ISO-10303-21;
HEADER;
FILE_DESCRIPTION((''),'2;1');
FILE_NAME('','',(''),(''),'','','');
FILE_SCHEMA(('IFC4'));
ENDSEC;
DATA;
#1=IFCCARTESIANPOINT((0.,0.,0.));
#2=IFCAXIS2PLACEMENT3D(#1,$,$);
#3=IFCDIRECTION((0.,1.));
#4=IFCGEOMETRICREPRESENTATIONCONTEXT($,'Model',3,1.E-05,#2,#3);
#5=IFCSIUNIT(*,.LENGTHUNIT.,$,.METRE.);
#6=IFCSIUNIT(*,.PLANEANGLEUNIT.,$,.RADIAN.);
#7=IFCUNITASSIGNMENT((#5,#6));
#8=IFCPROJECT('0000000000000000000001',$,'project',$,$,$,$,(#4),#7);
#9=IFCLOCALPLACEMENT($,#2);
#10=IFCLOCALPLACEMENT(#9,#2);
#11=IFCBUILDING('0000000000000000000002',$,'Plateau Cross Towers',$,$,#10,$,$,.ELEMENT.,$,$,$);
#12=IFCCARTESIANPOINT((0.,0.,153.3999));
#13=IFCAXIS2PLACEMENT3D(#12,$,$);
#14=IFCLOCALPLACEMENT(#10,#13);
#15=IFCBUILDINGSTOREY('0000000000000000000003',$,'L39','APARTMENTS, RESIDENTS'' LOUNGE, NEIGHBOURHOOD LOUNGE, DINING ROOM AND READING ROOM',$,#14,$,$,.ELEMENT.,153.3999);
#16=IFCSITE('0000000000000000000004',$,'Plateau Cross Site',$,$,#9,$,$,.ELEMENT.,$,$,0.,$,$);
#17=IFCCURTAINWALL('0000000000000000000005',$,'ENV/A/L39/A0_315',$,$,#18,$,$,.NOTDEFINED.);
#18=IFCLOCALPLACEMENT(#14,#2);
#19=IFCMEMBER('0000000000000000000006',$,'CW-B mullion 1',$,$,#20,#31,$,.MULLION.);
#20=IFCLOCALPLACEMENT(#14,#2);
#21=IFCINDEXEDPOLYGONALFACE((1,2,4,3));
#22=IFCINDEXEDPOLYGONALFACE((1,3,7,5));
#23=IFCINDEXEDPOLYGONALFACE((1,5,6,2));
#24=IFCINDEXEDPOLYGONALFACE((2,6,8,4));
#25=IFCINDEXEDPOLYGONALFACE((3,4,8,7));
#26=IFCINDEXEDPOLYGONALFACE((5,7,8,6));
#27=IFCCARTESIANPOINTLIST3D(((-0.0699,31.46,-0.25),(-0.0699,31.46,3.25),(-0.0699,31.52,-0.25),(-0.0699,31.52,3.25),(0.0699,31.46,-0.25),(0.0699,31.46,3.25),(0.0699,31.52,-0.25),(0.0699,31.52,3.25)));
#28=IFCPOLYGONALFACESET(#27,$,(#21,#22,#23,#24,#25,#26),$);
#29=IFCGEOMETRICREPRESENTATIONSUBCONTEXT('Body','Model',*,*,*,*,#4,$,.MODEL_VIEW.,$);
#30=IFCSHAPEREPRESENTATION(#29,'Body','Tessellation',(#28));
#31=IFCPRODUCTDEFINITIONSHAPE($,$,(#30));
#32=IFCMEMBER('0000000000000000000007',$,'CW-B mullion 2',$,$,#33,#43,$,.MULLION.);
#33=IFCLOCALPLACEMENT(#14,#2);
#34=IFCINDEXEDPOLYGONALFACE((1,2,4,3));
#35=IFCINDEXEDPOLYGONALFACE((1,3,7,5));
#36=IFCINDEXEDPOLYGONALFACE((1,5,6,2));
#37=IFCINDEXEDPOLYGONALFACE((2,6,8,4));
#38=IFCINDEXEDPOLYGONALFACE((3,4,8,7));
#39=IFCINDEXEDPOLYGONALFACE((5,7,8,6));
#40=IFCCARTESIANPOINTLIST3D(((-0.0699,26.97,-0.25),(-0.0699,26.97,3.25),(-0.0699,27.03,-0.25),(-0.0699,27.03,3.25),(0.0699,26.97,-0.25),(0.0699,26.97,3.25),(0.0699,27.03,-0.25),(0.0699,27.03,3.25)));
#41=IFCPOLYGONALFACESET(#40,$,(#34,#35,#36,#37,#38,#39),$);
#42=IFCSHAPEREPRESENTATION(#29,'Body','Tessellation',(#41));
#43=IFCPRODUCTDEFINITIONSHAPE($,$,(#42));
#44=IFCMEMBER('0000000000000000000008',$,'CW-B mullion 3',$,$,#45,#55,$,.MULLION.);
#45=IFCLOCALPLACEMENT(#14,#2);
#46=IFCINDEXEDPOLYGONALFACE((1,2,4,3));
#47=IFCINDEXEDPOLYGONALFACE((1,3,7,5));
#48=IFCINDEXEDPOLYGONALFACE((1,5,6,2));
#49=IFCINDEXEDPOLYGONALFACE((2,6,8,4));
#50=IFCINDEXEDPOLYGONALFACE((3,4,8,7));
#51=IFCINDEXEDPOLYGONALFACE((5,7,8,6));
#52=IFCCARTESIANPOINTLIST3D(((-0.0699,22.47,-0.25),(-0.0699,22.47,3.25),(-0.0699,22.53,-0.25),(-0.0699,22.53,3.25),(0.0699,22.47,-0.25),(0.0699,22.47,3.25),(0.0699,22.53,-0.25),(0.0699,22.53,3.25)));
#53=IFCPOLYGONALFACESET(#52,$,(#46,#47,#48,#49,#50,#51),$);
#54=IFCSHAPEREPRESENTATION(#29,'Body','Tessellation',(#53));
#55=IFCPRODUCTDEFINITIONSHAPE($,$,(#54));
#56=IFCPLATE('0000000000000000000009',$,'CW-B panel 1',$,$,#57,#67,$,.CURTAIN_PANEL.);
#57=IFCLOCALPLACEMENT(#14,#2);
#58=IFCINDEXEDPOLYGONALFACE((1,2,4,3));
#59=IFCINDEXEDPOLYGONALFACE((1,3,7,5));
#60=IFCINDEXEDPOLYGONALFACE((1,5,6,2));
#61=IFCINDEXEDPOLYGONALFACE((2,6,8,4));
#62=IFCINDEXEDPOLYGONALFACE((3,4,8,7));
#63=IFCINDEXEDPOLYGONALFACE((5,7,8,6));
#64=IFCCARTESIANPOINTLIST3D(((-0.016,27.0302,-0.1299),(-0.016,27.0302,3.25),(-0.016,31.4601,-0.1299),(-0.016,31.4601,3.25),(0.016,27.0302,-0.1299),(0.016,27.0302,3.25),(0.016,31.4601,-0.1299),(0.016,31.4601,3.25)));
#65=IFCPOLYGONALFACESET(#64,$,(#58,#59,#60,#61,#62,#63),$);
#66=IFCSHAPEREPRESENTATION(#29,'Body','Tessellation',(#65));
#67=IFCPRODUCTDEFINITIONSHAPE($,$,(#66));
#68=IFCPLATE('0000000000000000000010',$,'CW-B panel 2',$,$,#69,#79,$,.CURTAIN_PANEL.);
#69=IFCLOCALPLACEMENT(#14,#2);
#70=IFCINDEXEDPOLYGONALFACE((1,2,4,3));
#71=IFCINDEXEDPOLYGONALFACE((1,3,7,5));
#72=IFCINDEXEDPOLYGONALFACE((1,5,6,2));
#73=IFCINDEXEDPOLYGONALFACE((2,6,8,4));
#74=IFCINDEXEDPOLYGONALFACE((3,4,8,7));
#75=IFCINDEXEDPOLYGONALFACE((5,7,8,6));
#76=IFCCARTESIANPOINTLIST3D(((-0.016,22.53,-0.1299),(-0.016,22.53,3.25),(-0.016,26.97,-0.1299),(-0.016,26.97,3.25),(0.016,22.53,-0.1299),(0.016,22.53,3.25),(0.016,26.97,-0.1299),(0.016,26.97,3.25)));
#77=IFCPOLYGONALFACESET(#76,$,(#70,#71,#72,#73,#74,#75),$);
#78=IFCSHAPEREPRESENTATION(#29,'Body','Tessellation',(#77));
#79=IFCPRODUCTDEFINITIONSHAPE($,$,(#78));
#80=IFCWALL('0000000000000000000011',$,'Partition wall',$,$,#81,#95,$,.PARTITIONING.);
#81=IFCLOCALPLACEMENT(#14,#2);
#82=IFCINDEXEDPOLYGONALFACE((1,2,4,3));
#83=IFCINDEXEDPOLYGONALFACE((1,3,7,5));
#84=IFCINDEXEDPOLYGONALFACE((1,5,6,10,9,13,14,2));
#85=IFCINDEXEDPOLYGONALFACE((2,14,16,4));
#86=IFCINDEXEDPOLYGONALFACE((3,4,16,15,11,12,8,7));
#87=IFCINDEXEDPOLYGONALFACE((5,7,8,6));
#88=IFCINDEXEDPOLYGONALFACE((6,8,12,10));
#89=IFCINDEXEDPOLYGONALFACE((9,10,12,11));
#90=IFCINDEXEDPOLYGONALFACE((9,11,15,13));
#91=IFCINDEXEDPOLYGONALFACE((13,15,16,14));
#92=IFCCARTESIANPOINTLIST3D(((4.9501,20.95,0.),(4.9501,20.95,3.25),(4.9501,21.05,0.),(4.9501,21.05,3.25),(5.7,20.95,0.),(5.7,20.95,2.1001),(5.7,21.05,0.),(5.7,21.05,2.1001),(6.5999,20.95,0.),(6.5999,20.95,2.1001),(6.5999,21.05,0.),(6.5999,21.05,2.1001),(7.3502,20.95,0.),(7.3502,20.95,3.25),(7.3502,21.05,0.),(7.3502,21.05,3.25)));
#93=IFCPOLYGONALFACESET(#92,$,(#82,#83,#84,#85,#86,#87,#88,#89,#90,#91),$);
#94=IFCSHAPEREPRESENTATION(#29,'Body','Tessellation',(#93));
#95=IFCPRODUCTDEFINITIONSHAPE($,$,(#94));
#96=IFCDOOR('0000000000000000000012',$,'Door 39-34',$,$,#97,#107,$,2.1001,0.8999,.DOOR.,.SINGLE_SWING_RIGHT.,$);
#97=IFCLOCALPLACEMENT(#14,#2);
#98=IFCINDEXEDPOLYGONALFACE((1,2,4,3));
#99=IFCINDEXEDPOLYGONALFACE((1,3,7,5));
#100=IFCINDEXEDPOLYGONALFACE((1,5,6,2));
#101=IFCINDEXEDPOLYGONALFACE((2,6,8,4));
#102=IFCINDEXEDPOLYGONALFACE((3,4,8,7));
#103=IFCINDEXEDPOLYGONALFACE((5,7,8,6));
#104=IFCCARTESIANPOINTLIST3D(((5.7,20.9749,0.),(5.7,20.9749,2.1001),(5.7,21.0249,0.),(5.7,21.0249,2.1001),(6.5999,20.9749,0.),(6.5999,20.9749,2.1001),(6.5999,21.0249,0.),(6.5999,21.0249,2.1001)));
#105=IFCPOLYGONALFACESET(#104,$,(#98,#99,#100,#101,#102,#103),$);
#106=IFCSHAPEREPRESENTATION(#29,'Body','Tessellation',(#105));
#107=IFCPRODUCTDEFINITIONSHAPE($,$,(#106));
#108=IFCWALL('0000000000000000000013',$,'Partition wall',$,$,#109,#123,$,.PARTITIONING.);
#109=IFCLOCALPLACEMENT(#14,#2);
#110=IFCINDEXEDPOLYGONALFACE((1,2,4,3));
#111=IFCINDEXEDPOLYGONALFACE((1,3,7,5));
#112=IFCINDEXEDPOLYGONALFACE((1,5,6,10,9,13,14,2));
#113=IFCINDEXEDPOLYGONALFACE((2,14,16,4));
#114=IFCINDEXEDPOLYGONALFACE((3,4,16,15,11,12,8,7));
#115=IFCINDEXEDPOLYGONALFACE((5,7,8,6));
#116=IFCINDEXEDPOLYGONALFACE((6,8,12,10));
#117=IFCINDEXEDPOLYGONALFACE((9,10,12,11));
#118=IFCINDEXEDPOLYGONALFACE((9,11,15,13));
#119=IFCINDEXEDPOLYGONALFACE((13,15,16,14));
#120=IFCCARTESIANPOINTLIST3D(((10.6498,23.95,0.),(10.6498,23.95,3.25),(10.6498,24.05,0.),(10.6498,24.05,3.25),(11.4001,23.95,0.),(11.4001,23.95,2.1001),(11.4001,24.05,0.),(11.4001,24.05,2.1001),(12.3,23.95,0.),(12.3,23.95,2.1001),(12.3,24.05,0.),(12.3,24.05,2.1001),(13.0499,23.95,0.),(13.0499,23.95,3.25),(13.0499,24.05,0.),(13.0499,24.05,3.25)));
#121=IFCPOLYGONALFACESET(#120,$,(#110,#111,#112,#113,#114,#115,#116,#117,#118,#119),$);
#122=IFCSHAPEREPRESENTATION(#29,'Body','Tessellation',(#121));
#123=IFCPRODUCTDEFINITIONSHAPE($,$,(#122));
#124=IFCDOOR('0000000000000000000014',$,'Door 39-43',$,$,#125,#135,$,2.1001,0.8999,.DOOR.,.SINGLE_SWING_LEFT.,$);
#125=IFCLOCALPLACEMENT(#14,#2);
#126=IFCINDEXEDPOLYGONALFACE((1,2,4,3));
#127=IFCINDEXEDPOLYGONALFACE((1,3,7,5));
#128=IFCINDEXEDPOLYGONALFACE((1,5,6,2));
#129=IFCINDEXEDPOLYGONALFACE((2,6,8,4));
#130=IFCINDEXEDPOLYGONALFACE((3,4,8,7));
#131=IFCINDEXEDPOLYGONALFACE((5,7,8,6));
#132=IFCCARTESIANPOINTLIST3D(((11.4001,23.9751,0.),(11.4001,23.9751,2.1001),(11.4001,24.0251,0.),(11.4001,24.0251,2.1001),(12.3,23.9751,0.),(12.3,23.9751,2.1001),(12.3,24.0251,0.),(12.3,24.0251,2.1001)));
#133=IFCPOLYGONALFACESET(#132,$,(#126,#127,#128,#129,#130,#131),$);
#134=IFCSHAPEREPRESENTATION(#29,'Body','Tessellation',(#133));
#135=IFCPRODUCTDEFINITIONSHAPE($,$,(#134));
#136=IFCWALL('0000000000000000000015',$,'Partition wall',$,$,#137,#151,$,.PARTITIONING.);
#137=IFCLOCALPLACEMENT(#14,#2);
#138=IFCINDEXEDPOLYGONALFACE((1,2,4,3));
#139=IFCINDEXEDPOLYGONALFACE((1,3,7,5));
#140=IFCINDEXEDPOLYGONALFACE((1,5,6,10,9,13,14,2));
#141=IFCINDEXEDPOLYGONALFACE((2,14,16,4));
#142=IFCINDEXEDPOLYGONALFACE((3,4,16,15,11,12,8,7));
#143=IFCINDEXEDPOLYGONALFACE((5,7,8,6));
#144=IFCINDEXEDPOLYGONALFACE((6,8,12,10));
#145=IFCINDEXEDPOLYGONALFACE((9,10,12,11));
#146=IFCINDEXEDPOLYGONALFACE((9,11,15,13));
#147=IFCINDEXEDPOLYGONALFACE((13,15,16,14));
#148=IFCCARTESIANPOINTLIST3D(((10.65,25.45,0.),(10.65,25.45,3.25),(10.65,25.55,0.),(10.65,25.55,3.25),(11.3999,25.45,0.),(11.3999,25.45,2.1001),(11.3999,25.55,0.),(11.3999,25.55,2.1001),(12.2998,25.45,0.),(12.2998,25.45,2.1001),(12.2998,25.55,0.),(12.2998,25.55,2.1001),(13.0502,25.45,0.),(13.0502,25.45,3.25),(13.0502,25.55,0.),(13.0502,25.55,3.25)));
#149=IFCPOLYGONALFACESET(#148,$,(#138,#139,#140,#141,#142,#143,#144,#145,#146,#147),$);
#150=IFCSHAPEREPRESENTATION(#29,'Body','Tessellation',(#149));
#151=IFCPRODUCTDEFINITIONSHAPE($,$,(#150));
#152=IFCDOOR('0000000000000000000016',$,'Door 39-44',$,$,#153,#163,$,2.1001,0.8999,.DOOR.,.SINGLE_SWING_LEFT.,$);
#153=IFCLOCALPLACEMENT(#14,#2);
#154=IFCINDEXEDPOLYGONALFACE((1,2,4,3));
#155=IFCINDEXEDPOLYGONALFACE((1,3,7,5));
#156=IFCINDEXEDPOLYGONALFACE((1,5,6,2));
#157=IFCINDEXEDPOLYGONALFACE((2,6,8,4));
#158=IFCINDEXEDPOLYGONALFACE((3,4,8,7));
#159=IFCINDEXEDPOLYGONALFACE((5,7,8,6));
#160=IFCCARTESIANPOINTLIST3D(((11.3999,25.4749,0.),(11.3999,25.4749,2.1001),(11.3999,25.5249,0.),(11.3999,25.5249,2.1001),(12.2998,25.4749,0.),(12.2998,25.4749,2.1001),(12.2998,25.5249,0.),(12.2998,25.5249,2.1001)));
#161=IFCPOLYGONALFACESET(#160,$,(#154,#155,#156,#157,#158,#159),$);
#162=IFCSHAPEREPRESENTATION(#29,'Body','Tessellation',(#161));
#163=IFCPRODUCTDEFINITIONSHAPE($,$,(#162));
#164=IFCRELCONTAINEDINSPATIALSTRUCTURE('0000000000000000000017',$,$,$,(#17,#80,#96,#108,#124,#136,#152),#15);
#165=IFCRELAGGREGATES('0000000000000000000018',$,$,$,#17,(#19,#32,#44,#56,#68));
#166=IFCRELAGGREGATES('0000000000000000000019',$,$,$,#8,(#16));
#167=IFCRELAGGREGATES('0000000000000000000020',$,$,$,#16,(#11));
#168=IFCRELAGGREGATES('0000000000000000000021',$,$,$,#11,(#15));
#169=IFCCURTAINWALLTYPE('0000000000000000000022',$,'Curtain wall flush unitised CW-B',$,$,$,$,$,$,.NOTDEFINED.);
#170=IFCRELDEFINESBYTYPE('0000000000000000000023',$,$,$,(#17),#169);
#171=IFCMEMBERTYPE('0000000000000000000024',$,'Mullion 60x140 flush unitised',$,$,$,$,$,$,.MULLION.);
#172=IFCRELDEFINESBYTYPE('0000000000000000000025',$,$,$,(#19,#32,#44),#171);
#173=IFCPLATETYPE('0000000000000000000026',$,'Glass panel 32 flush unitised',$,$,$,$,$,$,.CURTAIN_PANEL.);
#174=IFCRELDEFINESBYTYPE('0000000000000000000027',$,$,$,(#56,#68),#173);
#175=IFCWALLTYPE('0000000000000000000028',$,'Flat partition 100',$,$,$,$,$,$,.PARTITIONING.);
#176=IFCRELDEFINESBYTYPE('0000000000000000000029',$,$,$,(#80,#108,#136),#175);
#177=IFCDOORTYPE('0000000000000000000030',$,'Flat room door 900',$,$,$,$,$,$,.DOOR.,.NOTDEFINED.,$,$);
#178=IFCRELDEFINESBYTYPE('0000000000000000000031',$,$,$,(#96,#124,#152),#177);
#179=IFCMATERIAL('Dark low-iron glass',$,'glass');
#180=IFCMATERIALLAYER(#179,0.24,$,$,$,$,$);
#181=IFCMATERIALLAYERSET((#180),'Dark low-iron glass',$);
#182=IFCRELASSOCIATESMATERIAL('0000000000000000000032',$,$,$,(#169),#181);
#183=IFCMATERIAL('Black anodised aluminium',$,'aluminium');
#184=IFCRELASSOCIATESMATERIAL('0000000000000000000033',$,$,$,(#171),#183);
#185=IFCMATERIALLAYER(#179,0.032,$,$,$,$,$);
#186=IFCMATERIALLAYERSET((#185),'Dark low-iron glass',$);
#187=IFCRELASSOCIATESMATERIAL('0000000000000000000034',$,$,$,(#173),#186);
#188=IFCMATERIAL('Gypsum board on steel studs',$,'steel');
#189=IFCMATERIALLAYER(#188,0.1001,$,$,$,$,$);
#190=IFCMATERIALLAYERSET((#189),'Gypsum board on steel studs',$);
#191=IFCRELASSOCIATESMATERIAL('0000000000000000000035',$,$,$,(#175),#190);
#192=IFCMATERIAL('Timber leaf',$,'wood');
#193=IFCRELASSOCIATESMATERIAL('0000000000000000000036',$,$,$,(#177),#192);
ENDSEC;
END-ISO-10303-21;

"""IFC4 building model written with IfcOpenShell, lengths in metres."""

from ifc_helpers import new_model, si_unit, direction, frame, frame_2d, origin, origin_2d, place, context, subcontext, project, spatial, rectangle, extrude, material, layer, layer_set, material_profile, profile_set, type_object, element, fill, aggregate, save


model = new_model("IFC4")

# Units and contexts
model_context = context("Model", 3, precision=1e-05, world=origin(), true_north=direction((0.0, 1.0)))
body_context = subcontext(model_context, "Body", "Model", "MODEL_VIEW")
ifc_project = project(units=[si_unit("LENGTHUNIT", "METRE"), si_unit("PLANEANGLEUNIT", "RADIAN")], contexts=[model_context])

# Site, building, storey
site_placement = place(None, origin())
site = spatial("IfcSite", under=ifc_project, at=site_placement, Name="Plateau Cross Site", CompositionType="ELEMENT", RefElevation=0.0)
building_placement = place(site_placement, origin())
building = spatial("IfcBuilding", under=site, at=building_placement, Name="Plateau Cross Towers", CompositionType="ELEMENT")
storey_placement = place(building_placement, frame((0.0, 0.0, 153.3999)))
storey = spatial("IfcBuildingStorey", under=building, at=storey_placement, Name="L39", Description="APARTMENTS, RESIDENTS' LOUNGE, NEIGHBOURHOOD LOUNGE, DINING ROOM AND READING ROOM", CompositionType="ELEMENT", Elevation=153.3999)

# Curtain wall, members, plates
ifc_material_1 = material(Name="Dark low-iron glass", Category="glass")
ifc_layer_1 = layer(ifc_material_1, 0.24)
ifc_layer_set_1 = layer_set([ifc_layer_1], Name="Dark low-iron glass")
curtain_wall_type = type_object("IfcCurtainWallType", Name="Curtain wall flush unitised CW-B", PredefinedType="NOTDEFINED", material=ifc_layer_set_1)
curtain_wall_placement = place(storey_placement, origin())
curtain_wall = element("IfcCurtainWall", 1, at=curtain_wall_placement, inside=storey, type_object=curtain_wall_type, Name="ENV/A/L39/A0_315", PredefinedType="NOTDEFINED")
ifc_material_2 = material(Name="Black anodised aluminium", Category="aluminium")
ifc_material_profile = material_profile(ifc_material_2, rectangle(XDim=0.0601, YDim=0.1399, at=origin_2d()), Name="MULLION 60x140")
ifc_profile_set = profile_set([ifc_material_profile], Name="Black anodised aluminium")
member_type = type_object("IfcMemberType", Name="Mullion 60x140 flush unitised", PredefinedType="MULLION", material=ifc_profile_set)
member_1_placement = place(storey_placement, frame((0.0, 31.49, -0.25), z_axis=(0.0, 0.0, 1.0), x_axis=(0.0, -1.0, 0.0)))
member_1 = element("IfcMember", 2, at=member_1_placement, type_object=member_type, Name="CW-B mullion 1", PredefinedType="MULLION", context=body_context, shape_type="SweptSolid", body=[
    extrude(rectangle(XDim=0.0601, YDim=0.1399, at=origin_2d()), origin(), (0.0, 0.0, 1.0), 3.5),
])
member_2_placement = place(storey_placement, frame((0.0, 27.0, -0.25), z_axis=(0.0, 0.0, 1.0), x_axis=(0.0, -1.0, 0.0)))
member_2 = element("IfcMember", 3, at=member_2_placement, type_object=member_type, Name="CW-B mullion 2", PredefinedType="MULLION", context=body_context, shape_type="SweptSolid", body=[
    extrude(rectangle(XDim=0.0601, YDim=0.1399, at=origin_2d()), origin(), (0.0, 0.0, 1.0), 3.5),
])
member_3_placement = place(storey_placement, frame((0.0, 22.5, -0.25), z_axis=(0.0, 0.0, 1.0), x_axis=(0.0, -1.0, 0.0)))
member_3 = element("IfcMember", 4, at=member_3_placement, type_object=member_type, Name="CW-B mullion 3", PredefinedType="MULLION", context=body_context, shape_type="SweptSolid", body=[
    extrude(rectangle(XDim=0.0601, YDim=0.1399, at=origin_2d()), origin(), (0.0, 0.0, 1.0), 3.5),
])
ifc_layer_2 = layer(ifc_material_1, 0.032)
ifc_layer_set_2 = layer_set([ifc_layer_2], Name="Dark low-iron glass")
plate_type = type_object("IfcPlateType", Name="Glass panel 32 flush unitised", PredefinedType="CURTAIN_PANEL", material=ifc_layer_set_2)
plate_1_placement = place(storey_placement, frame((0.0, 29.2451, -0.1299), z_axis=(0.0, 0.0, 1.0), x_axis=(0.0, -1.0, 0.0)))
plate_1 = element("IfcPlate", 5, at=plate_1_placement, type_object=plate_type, Name="CW-B panel 1", PredefinedType="CURTAIN_PANEL", context=body_context, shape_type="SweptSolid", body=[
    extrude(rectangle(XDim=4.4299, YDim=0.032, at=origin_2d()), origin(), (0.0, 0.0, 1.0), 3.3799),
])
plate_2_placement = place(storey_placement, frame((0.0, 24.75, -0.1299), z_axis=(0.0, 0.0, 1.0), x_axis=(0.0, -1.0, 0.0)))
plate_2 = element("IfcPlate", 6, at=plate_2_placement, type_object=plate_type, Name="CW-B panel 2", PredefinedType="CURTAIN_PANEL", context=body_context, shape_type="SweptSolid", body=[
    extrude(rectangle(XDim=4.4399, YDim=0.032, at=origin_2d()), origin(), (0.0, 0.0, 1.0), 3.3799),
])
aggregate(curtain_wall, [member_1, member_2, member_3, plate_1, plate_2])

# Walls, openings, doors
ifc_material_3 = material(Name="Gypsum board on steel studs", Category="steel")
ifc_layer_3 = layer(ifc_material_3, 0.1001)
ifc_layer_set_3 = layer_set([ifc_layer_3], Name="Gypsum board on steel studs")
wall_type_1 = type_object("IfcWallType", Name="Flat partition 100", PredefinedType="PARTITIONING", material=ifc_layer_set_3)
wall_1_placement = place(storey_placement, frame((4.95, 21.0, 0.0), z_axis=(0.0, 0.0, 1.0), x_axis=(1.0, 0.0, 0.0)))
wall_1 = element("IfcWall", 7, at=wall_1_placement, inside=storey, type_object=wall_type_1, Name="Partition wall", PredefinedType="PARTITIONING", context=body_context, shape_type="SweptSolid", body=[
    extrude(rectangle(XDim=2.4001, YDim=0.1001, at=frame_2d((1.2002, 0.0))), origin(), (0.0, 0.0, 1.0), 3.25),
])
opening_1_placement = place(wall_1_placement, frame((0.75, 0.0, 0.0)))
opening_1 = element("IfcOpeningElement", 8, at=opening_1_placement, cuts=wall_1, PredefinedType="OPENING", context=body_context, shape_type="SweptSolid", body=[
    extrude(rectangle(XDim=0.8999, YDim=2.1001, at=frame_2d((0.45, 1.05))), frame((0.0, 0.0601, 0.0), z_axis=(0.0, -1.0, 0.0), x_axis=(1.0, 0.0, 0.0)), (0.0, 0.0, 1.0), 0.1201),
])
ifc_material_4 = material(Name="Timber leaf", Category="wood")
door_type_1 = type_object("IfcDoorType", Name="Flat room door 900", OperationType="NOTDEFINED", PredefinedType="DOOR", material=ifc_material_4)
door_1_placement = place(opening_1_placement, origin())
door_1 = element("IfcDoor", 9, at=door_1_placement, inside=storey, type_object=door_type_1, Name="Door 39-34", OperationType="SINGLE_SWING_RIGHT", OverallHeight=2.1001, OverallWidth=0.8999, PredefinedType="DOOR", context=body_context, shape_type="SweptSolid", body=[
    extrude(rectangle(XDim=0.8999, YDim=2.1001, at=frame_2d((0.45, 1.05))), frame((0.0, 0.0249, 0.0), z_axis=(0.0, -1.0, 0.0), x_axis=(1.0, 0.0, 0.0)), (0.0, 0.0, 1.0), 0.05),
])
fill(opening_1, door_1)
wall_2_placement = place(storey_placement, frame((13.05, 24.0, 0.0), z_axis=(0.0, 0.0, 1.0), x_axis=(-1.0, 0.0, 0.0)))
wall_2 = element("IfcWall", 10, at=wall_2_placement, inside=storey, type_object=wall_type_1, Name="Partition wall", PredefinedType="PARTITIONING", context=body_context, shape_type="SweptSolid", body=[
    extrude(rectangle(XDim=2.4001, YDim=0.1001, at=frame_2d((1.2002, 0.0))), origin(), (0.0, 0.0, 1.0), 3.25),
])
opening_2_placement = place(wall_2_placement, frame((0.75, 0.0, 0.0)))
opening_2 = element("IfcOpeningElement", 11, at=opening_2_placement, cuts=wall_2, PredefinedType="OPENING", context=body_context, shape_type="SweptSolid", body=[
    extrude(rectangle(XDim=0.8999, YDim=2.1001, at=frame_2d((0.45, 1.05))), frame((0.0, 0.0601, 0.0), z_axis=(0.0, -1.0, 0.0), x_axis=(1.0, 0.0, 0.0)), (0.0, 0.0, 1.0), 0.1201),
])
door_2_placement = place(opening_2_placement, origin())
door_2 = element("IfcDoor", 12, at=door_2_placement, inside=storey, type_object=door_type_1, Name="Door 39-43", OperationType="SINGLE_SWING_LEFT", OverallHeight=2.1001, OverallWidth=0.8999, PredefinedType="DOOR", context=body_context, shape_type="SweptSolid", body=[
    extrude(rectangle(XDim=0.8999, YDim=2.1001, at=frame_2d((0.45, 1.05))), frame((0.0, 0.0249, 0.0), z_axis=(0.0, -1.0, 0.0), x_axis=(1.0, 0.0, 0.0)), (0.0, 0.0, 1.0), 0.05),
])
fill(opening_2, door_2)
wall_3_placement = place(storey_placement, frame((10.6499, 25.5, 0.0), z_axis=(0.0, 0.0, 1.0), x_axis=(1.0, 0.0, 0.0)))
wall_3 = element("IfcWall", 13, at=wall_3_placement, inside=storey, type_object=wall_type_1, Name="Partition wall", PredefinedType="PARTITIONING", context=body_context, shape_type="SweptSolid", body=[
    extrude(rectangle(XDim=2.4001, YDim=0.1001, at=frame_2d((1.2002, 0.0))), origin(), (0.0, 0.0, 1.0), 3.25),
])
opening_3_placement = place(wall_3_placement, frame((0.75, 0.0, 0.0)))
opening_3 = element("IfcOpeningElement", 14, at=opening_3_placement, cuts=wall_3, PredefinedType="OPENING", context=body_context, shape_type="SweptSolid", body=[
    extrude(rectangle(XDim=0.8999, YDim=2.1001, at=frame_2d((0.45, 1.05))), frame((0.0, 0.0601, 0.0), z_axis=(0.0, -1.0, 0.0), x_axis=(1.0, 0.0, 0.0)), (0.0, 0.0, 1.0), 0.1201),
])
door_3_placement = place(opening_3_placement, origin())
door_3 = element("IfcDoor", 15, at=door_3_placement, inside=storey, type_object=door_type_1, Name="Door 39-44", OperationType="SINGLE_SWING_LEFT", OverallHeight=2.1001, OverallWidth=0.8999, PredefinedType="DOOR", context=body_context, shape_type="SweptSolid", body=[
    extrude(rectangle(XDim=0.8999, YDim=2.1001, at=frame_2d((0.45, 1.05))), frame((0.0, 0.0249, 0.0), z_axis=(0.0, -1.0, 0.0), x_axis=(1.0, 0.0, 0.0)), (0.0, 0.0, 1.0), 0.05),
])
fill(opening_3, door_3)

save(model, "model.ifc")
